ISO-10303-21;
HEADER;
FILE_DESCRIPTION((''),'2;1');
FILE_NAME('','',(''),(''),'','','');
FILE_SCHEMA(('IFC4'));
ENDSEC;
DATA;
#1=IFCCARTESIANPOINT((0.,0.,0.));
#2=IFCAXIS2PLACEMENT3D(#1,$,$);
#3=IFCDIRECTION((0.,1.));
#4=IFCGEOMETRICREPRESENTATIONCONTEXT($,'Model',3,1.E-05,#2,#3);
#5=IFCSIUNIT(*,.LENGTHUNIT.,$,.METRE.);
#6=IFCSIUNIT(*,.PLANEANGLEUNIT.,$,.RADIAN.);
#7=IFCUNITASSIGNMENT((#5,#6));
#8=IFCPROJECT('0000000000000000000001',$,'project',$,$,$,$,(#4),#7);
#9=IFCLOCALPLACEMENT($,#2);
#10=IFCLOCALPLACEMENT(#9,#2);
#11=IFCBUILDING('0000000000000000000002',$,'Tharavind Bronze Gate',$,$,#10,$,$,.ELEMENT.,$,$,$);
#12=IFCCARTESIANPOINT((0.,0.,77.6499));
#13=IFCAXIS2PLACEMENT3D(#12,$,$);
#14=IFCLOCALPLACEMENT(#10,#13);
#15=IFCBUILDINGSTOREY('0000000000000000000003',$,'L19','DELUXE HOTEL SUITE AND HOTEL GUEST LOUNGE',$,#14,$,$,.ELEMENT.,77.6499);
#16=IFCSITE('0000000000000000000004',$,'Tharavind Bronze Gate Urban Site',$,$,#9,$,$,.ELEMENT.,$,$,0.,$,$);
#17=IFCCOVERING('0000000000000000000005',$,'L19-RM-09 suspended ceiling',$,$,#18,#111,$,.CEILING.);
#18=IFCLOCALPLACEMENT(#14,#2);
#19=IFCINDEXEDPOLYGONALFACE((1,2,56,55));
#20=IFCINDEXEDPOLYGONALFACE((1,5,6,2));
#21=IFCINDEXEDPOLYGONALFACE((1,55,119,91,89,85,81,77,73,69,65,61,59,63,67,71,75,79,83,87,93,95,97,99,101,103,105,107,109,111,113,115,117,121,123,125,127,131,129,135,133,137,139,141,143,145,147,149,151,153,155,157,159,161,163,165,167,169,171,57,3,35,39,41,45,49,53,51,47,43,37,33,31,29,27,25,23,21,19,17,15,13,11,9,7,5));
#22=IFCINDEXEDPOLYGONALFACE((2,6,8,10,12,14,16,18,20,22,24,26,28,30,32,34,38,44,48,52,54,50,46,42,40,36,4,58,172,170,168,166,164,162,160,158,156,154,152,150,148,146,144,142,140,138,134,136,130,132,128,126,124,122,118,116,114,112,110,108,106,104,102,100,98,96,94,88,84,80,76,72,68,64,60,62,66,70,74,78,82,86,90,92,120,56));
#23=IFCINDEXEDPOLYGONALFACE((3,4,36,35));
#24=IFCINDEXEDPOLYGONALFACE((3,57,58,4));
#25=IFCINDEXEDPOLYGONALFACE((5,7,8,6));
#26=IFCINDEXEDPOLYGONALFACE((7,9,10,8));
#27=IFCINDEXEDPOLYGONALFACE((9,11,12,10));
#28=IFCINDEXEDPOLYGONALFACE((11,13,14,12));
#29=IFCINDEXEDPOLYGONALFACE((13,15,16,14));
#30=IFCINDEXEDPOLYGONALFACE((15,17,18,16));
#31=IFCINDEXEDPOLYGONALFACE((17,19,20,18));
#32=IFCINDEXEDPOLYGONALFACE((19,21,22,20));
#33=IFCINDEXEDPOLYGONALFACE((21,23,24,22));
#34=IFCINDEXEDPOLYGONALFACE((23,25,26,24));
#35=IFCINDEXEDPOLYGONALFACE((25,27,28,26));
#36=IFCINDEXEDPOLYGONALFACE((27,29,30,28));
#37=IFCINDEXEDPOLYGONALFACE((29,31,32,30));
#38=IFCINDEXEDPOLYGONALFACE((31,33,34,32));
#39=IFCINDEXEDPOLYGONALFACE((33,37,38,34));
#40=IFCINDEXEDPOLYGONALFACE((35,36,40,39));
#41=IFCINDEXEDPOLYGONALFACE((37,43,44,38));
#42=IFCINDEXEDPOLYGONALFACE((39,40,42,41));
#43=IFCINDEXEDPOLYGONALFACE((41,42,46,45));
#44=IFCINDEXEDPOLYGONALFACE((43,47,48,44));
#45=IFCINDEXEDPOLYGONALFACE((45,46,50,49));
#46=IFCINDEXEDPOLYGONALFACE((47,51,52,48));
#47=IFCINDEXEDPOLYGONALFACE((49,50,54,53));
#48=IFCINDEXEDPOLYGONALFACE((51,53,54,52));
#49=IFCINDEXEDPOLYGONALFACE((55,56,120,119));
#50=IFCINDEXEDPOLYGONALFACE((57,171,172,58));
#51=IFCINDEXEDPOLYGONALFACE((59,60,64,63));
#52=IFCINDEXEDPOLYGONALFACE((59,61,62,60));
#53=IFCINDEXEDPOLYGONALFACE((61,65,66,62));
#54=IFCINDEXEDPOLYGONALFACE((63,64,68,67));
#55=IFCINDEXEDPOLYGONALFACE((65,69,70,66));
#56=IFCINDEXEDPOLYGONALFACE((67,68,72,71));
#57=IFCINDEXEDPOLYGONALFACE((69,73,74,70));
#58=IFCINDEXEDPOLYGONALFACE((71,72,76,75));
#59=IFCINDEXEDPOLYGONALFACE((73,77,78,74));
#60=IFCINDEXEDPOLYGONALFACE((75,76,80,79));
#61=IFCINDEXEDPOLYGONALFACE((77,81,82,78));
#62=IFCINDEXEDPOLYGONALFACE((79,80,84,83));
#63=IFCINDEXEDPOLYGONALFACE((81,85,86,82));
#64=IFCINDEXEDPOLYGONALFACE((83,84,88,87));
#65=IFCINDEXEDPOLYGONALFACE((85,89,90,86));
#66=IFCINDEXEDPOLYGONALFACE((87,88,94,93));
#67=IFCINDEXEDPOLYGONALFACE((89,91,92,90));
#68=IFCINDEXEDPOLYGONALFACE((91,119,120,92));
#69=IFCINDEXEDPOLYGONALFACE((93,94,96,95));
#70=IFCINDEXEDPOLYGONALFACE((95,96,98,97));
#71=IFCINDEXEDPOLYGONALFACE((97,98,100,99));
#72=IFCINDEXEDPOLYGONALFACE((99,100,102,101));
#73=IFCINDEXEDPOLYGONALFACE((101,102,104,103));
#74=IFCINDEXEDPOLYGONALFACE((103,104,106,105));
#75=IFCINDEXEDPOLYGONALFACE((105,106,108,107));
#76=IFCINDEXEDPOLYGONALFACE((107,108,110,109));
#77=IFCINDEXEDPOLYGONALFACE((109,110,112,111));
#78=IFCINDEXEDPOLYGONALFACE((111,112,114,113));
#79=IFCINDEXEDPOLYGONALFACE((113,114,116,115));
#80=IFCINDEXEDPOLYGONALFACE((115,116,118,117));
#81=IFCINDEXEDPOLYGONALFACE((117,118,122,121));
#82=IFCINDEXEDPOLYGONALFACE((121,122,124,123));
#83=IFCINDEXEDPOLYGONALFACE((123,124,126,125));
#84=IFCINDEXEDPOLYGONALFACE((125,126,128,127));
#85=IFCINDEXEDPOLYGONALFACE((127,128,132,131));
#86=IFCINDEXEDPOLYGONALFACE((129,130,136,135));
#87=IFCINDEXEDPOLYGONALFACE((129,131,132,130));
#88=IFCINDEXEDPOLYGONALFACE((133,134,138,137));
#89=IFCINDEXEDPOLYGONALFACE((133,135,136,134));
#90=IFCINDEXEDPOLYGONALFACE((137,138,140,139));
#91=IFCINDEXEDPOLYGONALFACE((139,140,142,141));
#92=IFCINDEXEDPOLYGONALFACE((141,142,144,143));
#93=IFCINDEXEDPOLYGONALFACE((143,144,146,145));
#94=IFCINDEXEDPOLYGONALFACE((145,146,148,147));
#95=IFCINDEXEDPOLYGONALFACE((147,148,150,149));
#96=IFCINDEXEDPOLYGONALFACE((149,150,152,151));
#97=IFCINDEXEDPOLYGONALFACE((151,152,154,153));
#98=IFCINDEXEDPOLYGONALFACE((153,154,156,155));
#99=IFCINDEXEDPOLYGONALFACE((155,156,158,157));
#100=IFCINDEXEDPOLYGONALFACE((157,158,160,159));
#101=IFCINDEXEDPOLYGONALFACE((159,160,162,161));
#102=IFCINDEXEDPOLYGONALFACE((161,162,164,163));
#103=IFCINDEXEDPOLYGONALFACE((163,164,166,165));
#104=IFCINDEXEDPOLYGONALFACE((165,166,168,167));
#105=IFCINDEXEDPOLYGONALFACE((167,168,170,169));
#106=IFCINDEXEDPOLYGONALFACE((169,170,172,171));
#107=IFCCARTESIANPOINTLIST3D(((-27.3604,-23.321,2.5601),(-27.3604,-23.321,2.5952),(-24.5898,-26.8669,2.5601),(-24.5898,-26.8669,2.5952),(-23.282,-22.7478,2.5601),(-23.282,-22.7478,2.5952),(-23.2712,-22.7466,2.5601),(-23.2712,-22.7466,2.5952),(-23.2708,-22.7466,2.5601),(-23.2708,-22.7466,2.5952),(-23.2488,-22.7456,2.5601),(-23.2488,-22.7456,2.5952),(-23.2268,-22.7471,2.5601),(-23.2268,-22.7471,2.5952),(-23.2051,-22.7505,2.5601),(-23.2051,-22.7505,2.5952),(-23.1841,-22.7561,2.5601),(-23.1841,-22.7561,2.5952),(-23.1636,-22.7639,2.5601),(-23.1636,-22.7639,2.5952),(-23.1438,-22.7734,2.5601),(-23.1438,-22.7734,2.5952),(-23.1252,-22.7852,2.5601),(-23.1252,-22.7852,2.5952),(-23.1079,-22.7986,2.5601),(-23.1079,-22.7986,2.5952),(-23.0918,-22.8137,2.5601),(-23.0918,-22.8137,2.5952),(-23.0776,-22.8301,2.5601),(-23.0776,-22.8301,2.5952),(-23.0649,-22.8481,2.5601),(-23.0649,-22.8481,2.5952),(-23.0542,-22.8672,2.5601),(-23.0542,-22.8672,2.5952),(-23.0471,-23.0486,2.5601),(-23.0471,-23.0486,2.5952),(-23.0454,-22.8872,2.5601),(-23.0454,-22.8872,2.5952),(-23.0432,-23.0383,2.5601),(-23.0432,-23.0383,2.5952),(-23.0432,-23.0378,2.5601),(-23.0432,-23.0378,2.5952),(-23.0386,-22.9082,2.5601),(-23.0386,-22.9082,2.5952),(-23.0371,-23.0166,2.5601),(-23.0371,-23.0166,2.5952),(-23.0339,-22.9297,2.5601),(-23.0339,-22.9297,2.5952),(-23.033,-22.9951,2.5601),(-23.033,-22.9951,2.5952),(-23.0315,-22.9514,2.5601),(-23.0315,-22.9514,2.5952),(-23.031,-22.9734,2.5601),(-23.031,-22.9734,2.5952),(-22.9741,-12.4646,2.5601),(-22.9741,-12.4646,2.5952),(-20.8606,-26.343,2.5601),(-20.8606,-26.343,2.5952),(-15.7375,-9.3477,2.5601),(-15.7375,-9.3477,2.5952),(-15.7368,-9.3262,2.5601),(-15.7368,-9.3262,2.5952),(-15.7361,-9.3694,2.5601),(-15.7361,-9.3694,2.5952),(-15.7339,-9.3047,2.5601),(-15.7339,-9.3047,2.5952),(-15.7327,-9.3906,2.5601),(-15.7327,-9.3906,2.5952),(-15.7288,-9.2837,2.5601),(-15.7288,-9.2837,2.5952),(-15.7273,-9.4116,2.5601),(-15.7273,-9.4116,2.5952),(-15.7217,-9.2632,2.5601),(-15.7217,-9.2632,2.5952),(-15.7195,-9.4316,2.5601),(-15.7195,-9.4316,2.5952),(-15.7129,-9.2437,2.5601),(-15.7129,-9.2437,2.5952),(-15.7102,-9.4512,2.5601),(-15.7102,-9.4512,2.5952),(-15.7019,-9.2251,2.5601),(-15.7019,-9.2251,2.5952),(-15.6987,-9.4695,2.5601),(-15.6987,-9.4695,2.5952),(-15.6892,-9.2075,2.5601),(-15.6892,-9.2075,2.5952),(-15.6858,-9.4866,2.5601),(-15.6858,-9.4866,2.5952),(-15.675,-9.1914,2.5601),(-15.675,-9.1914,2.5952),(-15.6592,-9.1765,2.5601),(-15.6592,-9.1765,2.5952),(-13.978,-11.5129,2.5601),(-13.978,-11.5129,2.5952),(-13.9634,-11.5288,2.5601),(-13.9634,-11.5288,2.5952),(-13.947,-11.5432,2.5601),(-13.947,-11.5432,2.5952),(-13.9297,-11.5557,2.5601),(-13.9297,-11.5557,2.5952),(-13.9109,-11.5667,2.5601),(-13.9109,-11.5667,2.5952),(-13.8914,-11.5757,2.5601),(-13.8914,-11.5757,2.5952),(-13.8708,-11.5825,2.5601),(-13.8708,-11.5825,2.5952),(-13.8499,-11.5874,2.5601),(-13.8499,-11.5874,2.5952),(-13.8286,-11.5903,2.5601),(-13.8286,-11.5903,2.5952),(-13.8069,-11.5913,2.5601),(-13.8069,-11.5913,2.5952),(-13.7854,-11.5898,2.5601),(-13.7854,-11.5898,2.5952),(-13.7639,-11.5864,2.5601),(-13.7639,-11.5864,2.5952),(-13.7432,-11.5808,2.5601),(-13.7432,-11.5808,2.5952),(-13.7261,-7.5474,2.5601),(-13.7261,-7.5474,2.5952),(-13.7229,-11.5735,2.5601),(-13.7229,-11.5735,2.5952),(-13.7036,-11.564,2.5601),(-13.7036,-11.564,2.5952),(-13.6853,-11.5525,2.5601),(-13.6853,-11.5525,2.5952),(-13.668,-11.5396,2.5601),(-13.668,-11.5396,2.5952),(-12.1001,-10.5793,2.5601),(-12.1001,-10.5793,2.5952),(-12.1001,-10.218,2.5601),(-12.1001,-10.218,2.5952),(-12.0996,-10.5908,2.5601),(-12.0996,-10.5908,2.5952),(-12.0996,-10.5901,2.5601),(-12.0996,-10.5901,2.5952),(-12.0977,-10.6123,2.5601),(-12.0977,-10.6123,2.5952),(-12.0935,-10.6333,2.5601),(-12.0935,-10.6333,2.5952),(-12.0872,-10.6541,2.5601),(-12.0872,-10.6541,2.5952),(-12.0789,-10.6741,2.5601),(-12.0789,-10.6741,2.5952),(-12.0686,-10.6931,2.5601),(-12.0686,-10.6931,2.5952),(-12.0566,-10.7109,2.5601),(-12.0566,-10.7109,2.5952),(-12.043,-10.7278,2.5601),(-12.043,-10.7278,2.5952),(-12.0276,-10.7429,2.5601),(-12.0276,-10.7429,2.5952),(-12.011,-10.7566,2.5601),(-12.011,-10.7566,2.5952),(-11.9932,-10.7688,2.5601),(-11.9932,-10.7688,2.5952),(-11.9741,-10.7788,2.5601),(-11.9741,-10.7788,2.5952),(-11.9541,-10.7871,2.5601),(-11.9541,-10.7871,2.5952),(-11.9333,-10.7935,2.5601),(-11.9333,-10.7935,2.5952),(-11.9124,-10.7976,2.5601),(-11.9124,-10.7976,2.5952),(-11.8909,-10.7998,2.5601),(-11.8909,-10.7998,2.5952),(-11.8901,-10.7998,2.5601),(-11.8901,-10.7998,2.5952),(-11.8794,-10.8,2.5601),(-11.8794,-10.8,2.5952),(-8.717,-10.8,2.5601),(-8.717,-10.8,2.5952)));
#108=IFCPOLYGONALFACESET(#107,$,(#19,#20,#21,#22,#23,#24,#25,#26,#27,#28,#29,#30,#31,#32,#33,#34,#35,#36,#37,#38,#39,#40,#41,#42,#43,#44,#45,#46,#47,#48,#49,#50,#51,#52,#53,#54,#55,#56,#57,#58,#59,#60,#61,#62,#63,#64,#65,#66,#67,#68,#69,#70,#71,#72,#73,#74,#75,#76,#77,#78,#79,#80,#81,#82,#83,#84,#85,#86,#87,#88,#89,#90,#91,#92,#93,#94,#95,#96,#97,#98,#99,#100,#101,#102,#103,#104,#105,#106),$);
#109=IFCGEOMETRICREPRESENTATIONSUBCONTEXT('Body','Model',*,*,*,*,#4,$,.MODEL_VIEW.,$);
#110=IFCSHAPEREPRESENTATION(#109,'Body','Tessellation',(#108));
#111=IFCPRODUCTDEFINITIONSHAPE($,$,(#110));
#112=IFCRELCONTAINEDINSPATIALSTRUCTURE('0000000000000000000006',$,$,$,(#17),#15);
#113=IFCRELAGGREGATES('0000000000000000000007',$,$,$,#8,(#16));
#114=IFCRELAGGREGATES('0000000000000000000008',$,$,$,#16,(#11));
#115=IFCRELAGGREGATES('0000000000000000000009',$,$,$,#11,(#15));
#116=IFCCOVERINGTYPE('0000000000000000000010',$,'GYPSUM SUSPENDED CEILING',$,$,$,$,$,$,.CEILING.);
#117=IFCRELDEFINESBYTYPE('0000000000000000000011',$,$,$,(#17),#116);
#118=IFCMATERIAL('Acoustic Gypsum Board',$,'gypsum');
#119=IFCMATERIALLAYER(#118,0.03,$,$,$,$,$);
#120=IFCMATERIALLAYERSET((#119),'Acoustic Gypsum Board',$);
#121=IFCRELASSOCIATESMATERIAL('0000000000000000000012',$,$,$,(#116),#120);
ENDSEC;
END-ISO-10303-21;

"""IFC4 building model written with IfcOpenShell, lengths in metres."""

from ifc_helpers import new_model, si_unit, direction, frame, origin, place, context, subcontext, project, spatial, polyline, outline, extrude, material, layer, layer_set, type_object, element, save


model = new_model("IFC4")

# Units and contexts
model_context = context("Model", 3, precision=1e-05, world=origin(), true_north=direction((0.0, 1.0)))
body_context = subcontext(model_context, "Body", "Model", "MODEL_VIEW")
ifc_project = project(units=[si_unit("LENGTHUNIT", "METRE"), si_unit("PLANEANGLEUNIT", "RADIAN")], contexts=[model_context])

# Site, building, storey
site_placement = place(None, origin())
site = spatial("IfcSite", under=ifc_project, at=site_placement, Name="Tharavind Bronze Gate Urban Site", CompositionType="ELEMENT", RefElevation=0.0)
building_placement = place(site_placement, origin())
building = spatial("IfcBuilding", under=site, at=building_placement, Name="Tharavind Bronze Gate", CompositionType="ELEMENT")
storey_placement = place(building_placement, frame((0.0, 0.0, 77.6499)))
storey = spatial("IfcBuildingStorey", under=building, at=storey_placement, Name="L19", Description="DELUXE HOTEL SUITE AND HOTEL GUEST LOUNGE", CompositionType="ELEMENT", Elevation=77.6499)

# Covering
ifc_material_1 = material(Name="Acoustic Gypsum Board", Category="gypsum")
ifc_layer_1 = layer(ifc_material_1, 0.03)
ifc_layer_set_1 = layer_set([ifc_layer_1], Name="Acoustic Gypsum Board")
covering_type_1 = type_object("IfcCoveringType", Name="GYPSUM SUSPENDED CEILING", PredefinedType="CEILING", material=ifc_layer_set_1)
covering_1_placement = place(storey_placement, frame((0.0, 0.0, 2.5601)))
element("IfcCovering", 1, at=covering_1_placement, inside=storey, type_object=covering_type_1, Name="L19-RM-09 suspended ceiling", PredefinedType="CEILING", context=body_context, shape_type="SweptSolid", body=[
    extrude(outline(polyline([(-23.282, -22.7478), (-23.2712, -22.7466), (-23.2708, -22.7466), (-23.2488, -22.7456), (-23.2268, -22.7471), (-23.2051, -22.7505), (-23.1841, -22.7561), (-23.1636, -22.7639), (-23.1438, -22.7734), (-23.1252, -22.7852), (-23.1079, -22.7986), (-23.0918, -22.8137), (-23.0776, -22.8301), (-23.0649, -22.8481), (-23.0542, -22.8672), (-23.0454, -22.8872), (-23.0386, -22.9082), (-23.0339, -22.9297), (-23.0315, -22.9514), (-23.031, -22.9734), (-23.033, -22.9951), (-23.0371, -23.0166), (-23.0432, -23.0378), (-23.0432, -23.0383), (-23.0471, -23.0486), (-24.5898, -26.8669), (-20.8606, -26.343), (-8.717, -10.8), (-11.8794, -10.8), (-11.8901, -10.7998), (-11.8909, -10.7998), (-11.9124, -10.7976), (-11.9333, -10.7935), (-11.9541, -10.7871), (-11.9741, -10.7788), (-11.9932, -10.7688), (-12.011, -10.7566), (-12.0276, -10.7429), (-12.043, -10.7278), (-12.0566, -10.7109), (-12.0686, -10.6931), (-12.0789, -10.6741), (-12.0872, -10.6541), (-12.0935, -10.6333), (-12.0977, -10.6123), (-12.0996, -10.5908), (-12.0996, -10.5901), (-12.1001, -10.5793), (-12.1001, -10.218), (-13.668, -11.5396), (-13.6853, -11.5525), (-13.7036, -11.564), (-13.7229, -11.5735), (-13.7432, -11.5808), (-13.7639, -11.5864), (-13.7854, -11.5898), (-13.8069, -11.5913), (-13.8286, -11.5903), (-13.8499, -11.5874), (-13.8708, -11.5825), (-13.8914, -11.5757), (-13.9109, -11.5667), (-13.9297, -11.5557), (-13.947, -11.5432), (-13.9634, -11.5288), (-13.978, -11.5129), (-15.6858, -9.4866), (-15.6987, -9.4695), (-15.7102, -9.4512), (-15.7195, -9.4316), (-15.7273, -9.4116), (-15.7327, -9.3906), (-15.7361, -9.3694), (-15.7375, -9.3477), (-15.7368, -9.3262), (-15.7339, -9.3047), (-15.7288, -9.2837), (-15.7217, -9.2632), (-15.7129, -9.2437), (-15.7019, -9.2251), (-15.6892, -9.2075), (-15.675, -9.1914), (-15.6592, -9.1765), (-13.7261, -7.5474), (-22.9741, -12.4646), (-27.3604, -23.321), (-23.282, -22.7478)])), origin(), (0.0, 0.0, 1.0), 0.0352),
])

save(model, "model.ifc")
